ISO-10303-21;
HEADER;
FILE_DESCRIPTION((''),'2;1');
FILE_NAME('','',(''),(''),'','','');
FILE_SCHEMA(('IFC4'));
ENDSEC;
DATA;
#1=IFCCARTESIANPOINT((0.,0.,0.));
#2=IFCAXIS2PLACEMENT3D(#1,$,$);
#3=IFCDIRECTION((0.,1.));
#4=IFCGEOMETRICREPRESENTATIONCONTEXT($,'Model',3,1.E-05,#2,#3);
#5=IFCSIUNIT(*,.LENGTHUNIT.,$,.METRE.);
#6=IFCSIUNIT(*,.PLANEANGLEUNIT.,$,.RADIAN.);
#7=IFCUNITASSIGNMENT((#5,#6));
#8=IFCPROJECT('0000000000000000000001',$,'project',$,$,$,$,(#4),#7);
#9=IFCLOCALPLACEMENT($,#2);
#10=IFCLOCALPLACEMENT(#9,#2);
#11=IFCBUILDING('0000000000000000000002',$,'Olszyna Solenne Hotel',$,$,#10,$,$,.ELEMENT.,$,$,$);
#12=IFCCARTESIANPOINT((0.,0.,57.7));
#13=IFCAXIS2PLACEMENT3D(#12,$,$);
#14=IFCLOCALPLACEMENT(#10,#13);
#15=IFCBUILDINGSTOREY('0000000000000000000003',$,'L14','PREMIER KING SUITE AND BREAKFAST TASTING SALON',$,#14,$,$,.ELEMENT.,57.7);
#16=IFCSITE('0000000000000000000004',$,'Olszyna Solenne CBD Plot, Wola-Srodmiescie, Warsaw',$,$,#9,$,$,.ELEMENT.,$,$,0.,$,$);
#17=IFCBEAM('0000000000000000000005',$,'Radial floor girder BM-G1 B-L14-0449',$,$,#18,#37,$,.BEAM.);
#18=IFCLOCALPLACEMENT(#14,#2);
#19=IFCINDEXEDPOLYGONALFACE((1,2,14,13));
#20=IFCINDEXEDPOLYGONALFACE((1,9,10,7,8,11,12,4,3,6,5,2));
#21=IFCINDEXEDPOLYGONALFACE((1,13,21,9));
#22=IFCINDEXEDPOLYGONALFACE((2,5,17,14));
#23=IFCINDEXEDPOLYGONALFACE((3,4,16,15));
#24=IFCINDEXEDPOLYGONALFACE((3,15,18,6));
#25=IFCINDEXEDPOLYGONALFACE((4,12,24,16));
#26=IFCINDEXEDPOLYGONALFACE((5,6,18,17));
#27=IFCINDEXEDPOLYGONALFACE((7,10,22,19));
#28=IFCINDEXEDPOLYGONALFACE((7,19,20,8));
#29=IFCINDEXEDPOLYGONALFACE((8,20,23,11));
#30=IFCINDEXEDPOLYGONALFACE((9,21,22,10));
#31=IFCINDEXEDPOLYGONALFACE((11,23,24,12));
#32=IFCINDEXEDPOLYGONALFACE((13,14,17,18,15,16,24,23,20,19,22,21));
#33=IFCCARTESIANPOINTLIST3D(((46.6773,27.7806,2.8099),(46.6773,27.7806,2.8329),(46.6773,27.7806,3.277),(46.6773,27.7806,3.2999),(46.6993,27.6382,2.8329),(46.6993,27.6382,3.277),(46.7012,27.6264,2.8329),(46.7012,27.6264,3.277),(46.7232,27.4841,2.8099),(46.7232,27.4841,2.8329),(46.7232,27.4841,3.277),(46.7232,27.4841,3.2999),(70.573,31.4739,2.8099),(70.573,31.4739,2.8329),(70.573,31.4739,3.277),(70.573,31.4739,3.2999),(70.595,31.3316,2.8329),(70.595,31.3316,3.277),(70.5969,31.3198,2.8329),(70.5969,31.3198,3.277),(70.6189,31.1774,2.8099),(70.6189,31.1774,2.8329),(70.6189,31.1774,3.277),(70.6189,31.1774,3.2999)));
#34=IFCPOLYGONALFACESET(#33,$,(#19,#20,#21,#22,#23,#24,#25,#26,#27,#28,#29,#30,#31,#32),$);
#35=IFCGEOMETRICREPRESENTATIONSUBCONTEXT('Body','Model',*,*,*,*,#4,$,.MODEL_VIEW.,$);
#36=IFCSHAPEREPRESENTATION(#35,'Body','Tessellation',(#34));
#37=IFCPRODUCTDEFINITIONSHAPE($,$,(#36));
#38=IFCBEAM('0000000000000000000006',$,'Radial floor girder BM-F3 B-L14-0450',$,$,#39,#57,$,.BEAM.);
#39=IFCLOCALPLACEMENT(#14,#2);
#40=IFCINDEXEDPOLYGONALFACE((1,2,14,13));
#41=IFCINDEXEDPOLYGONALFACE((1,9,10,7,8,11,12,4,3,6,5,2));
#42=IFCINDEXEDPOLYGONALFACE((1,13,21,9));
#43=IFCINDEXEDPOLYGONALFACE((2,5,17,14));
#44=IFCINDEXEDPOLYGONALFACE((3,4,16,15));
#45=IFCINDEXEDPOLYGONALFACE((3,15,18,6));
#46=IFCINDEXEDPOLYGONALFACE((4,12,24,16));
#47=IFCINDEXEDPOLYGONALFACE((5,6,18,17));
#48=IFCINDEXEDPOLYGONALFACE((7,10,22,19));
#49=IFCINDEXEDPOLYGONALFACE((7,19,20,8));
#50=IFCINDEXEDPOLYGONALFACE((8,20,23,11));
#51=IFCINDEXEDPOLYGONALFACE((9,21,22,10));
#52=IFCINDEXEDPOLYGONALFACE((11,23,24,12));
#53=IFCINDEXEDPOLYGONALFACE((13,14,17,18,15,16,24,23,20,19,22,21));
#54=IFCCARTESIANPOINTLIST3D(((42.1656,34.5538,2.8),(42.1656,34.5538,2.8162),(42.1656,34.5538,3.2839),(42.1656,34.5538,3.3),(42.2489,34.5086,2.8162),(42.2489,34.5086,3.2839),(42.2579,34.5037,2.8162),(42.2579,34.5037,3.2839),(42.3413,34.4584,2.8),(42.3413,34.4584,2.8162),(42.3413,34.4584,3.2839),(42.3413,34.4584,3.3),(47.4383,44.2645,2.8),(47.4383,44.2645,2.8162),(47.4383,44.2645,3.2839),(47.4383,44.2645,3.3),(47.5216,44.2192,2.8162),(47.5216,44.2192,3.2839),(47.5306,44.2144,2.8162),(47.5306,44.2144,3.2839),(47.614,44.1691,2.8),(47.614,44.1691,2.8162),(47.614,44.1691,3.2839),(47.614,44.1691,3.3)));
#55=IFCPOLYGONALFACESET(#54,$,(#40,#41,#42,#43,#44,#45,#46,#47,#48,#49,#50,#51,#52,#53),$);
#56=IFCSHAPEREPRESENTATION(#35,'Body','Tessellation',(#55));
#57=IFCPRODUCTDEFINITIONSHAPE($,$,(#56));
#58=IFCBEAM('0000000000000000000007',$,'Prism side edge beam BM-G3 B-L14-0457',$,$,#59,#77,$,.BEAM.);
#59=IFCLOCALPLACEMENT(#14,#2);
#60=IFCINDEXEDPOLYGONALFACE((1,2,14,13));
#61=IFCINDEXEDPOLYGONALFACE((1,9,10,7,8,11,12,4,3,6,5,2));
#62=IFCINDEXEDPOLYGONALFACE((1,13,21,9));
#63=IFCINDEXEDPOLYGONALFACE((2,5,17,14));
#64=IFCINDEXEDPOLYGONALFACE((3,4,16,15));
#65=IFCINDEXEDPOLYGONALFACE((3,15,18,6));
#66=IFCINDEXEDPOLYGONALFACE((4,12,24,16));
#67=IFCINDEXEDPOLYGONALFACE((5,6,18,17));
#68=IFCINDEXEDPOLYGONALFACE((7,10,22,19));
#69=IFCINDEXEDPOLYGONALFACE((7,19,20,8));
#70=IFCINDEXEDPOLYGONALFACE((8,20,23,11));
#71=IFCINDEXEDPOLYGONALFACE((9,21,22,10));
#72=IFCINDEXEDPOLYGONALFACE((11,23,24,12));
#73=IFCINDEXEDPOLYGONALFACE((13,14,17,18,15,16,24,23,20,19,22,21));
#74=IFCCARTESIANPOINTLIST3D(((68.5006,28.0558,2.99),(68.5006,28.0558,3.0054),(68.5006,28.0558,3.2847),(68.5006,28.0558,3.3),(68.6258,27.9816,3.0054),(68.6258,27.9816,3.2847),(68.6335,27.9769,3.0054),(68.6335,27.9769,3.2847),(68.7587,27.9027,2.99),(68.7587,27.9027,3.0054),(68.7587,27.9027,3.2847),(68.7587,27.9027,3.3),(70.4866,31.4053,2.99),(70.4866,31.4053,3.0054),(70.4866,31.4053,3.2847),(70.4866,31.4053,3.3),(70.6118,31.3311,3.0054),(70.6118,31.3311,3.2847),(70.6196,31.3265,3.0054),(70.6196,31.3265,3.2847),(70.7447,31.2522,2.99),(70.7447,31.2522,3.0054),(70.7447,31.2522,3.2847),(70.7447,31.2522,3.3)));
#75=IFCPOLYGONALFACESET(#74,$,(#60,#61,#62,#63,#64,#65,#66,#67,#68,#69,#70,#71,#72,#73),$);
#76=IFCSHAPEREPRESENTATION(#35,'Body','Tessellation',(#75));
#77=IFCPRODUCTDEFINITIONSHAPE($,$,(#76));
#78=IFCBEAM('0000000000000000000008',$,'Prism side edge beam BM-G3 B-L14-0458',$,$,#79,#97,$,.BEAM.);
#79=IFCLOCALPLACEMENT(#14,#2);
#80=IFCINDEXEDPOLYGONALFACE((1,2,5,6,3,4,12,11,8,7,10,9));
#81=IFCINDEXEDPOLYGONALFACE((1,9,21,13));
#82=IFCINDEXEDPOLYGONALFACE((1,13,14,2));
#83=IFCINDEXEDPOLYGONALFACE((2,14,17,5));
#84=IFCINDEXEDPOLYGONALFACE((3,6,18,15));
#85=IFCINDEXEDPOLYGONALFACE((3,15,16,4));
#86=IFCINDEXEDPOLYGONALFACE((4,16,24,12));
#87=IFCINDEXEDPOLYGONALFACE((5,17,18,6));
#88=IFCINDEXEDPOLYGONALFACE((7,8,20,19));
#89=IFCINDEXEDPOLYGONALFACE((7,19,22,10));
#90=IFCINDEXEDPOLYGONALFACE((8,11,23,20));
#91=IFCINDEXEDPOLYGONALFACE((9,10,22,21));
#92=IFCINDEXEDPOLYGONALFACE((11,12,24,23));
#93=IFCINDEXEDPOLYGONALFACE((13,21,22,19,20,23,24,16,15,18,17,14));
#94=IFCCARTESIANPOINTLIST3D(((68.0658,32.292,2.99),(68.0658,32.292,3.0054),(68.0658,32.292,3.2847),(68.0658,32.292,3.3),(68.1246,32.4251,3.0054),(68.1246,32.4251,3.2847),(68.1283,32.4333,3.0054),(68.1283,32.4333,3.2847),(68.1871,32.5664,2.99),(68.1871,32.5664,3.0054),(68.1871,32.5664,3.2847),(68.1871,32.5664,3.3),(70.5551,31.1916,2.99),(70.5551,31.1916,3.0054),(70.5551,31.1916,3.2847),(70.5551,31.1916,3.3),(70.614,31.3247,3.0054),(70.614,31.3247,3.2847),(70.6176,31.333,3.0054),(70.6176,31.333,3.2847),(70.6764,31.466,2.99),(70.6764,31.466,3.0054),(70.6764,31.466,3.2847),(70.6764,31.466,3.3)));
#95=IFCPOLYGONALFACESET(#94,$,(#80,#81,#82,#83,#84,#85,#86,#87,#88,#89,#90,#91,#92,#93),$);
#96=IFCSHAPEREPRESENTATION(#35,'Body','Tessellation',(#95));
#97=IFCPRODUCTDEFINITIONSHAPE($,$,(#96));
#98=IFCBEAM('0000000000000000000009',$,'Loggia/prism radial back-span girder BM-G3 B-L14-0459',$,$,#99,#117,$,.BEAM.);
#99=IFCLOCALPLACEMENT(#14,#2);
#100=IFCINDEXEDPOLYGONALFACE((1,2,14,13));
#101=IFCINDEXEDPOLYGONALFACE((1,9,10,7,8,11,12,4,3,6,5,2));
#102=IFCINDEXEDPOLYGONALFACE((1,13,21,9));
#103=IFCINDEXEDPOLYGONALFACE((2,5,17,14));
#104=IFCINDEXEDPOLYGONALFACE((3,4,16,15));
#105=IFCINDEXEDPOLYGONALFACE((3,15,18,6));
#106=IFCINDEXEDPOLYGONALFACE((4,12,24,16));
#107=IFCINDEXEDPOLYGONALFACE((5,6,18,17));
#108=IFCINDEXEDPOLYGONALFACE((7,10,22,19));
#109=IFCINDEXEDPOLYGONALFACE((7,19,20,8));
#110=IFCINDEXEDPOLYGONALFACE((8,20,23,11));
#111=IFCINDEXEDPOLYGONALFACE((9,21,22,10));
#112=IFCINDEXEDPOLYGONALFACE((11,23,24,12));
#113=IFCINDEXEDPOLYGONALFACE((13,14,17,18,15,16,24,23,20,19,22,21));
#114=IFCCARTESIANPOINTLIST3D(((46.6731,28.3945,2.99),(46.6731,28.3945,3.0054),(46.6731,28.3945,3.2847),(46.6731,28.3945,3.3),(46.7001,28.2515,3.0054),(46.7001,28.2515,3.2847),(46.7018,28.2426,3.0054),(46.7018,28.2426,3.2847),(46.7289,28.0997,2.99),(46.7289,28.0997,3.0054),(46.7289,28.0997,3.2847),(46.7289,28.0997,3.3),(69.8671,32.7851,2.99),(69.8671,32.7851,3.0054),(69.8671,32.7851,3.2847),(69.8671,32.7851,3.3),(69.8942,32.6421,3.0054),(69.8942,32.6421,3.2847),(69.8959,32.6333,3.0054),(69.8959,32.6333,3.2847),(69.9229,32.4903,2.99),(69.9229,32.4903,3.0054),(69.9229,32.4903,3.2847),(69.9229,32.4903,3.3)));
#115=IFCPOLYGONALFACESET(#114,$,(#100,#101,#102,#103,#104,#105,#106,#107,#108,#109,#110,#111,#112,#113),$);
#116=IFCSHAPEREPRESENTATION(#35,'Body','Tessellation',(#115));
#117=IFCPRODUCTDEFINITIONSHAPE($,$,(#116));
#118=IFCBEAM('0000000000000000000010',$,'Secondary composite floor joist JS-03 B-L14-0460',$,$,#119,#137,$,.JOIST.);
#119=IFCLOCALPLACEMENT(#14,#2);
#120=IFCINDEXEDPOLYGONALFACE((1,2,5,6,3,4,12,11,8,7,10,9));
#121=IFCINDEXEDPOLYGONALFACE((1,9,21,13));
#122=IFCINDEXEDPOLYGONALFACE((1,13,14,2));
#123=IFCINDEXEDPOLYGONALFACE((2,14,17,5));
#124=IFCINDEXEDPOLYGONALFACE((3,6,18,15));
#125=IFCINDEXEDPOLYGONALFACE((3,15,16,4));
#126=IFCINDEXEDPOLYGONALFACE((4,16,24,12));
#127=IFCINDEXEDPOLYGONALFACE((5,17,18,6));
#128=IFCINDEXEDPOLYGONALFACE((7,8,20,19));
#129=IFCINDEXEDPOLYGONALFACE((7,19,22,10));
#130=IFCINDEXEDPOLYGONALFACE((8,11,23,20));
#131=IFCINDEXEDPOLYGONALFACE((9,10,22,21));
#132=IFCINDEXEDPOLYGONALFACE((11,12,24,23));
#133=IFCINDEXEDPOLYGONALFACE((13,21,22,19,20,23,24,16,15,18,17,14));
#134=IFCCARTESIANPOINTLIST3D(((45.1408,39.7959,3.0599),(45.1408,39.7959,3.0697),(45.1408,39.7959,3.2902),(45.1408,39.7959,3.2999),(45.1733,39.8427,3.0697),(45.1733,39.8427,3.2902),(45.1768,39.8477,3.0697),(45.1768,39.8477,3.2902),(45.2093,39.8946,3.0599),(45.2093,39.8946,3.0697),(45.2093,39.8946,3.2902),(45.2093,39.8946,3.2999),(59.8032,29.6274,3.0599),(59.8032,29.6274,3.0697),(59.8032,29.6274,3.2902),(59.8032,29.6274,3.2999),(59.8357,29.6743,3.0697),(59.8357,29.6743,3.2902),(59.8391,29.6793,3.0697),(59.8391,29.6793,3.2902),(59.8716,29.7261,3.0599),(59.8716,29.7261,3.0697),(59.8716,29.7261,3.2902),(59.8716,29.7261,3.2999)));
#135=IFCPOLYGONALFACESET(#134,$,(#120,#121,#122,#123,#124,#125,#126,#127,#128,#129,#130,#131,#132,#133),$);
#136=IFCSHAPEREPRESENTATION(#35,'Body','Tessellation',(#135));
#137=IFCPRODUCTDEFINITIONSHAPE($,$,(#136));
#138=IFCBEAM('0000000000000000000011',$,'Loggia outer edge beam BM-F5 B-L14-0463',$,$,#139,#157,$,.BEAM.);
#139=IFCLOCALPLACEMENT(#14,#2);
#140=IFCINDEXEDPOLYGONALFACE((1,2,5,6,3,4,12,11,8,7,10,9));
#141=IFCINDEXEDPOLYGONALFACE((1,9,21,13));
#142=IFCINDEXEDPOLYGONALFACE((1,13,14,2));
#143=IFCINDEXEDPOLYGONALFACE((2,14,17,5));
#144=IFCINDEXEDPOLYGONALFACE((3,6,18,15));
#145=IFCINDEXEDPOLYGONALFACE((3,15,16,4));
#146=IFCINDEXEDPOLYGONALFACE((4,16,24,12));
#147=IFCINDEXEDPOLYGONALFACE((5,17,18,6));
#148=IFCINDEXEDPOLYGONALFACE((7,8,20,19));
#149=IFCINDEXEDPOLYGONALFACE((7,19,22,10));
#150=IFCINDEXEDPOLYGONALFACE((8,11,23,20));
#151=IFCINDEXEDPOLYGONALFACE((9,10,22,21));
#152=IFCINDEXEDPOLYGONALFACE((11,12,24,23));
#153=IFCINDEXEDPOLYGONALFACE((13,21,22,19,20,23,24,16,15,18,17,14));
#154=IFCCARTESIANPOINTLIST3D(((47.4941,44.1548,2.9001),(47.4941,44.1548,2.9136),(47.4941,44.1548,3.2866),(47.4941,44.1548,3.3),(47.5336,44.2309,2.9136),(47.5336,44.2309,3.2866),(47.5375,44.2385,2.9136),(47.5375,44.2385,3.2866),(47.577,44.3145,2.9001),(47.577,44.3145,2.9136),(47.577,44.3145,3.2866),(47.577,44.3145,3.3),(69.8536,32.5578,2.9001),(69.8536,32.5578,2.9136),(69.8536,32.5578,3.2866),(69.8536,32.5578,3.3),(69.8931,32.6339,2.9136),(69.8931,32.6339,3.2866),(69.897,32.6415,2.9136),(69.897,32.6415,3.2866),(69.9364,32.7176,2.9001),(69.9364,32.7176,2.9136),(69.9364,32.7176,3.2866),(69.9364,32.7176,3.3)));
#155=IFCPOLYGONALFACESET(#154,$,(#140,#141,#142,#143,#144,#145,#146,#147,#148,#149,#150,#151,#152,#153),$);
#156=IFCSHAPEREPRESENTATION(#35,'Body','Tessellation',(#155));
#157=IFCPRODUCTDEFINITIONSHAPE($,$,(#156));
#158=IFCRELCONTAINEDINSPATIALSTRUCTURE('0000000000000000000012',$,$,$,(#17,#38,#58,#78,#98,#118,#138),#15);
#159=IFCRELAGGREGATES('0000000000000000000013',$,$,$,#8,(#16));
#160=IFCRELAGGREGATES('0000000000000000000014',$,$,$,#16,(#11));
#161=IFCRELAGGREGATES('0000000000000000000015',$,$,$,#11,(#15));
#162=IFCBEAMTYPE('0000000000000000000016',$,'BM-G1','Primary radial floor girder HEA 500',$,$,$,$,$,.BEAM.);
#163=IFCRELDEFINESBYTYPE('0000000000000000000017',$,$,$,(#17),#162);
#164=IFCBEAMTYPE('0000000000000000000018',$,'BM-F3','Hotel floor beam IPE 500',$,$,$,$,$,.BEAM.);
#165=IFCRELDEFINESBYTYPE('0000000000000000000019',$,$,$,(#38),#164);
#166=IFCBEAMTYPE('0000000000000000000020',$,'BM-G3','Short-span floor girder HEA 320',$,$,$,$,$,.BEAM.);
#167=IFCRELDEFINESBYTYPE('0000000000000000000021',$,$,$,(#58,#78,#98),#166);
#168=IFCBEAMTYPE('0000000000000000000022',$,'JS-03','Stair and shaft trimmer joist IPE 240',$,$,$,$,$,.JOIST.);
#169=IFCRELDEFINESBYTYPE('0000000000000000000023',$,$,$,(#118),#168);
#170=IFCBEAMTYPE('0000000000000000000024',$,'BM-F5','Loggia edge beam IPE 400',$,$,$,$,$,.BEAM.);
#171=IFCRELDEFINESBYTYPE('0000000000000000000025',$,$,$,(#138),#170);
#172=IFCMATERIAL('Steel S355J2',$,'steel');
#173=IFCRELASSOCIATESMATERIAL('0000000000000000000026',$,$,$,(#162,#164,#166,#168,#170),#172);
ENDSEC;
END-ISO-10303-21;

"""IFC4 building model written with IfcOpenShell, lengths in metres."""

from ifc_helpers import new_model, si_unit, direction, frame, origin, origin_2d, place, context, subcontext, project, spatial, i_section, extrude, source, transform, mapped, material, material_profile, profile_set, type_object, element, save


model = new_model("IFC4")

# Units and contexts
model_context = context("Model", 3, precision=1e-05, world=origin(), true_north=direction((0.0, 1.0)))
body_context = subcontext(model_context, "Body", "Model", "MODEL_VIEW")
ifc_project = project(units=[si_unit("LENGTHUNIT", "METRE"), si_unit("PLANEANGLEUNIT", "RADIAN")], contexts=[model_context])

# Site, building, storey
site_placement = place(None, origin())
site = spatial("IfcSite", under=ifc_project, at=site_placement, Name="Olszyna Solenne CBD Plot, Wola-Srodmiescie, Warsaw", CompositionType="ELEMENT", RefElevation=0.0)
building_placement = place(site_placement, origin())
building = spatial("IfcBuilding", under=site, at=building_placement, Name="Olszyna Solenne Hotel", CompositionType="ELEMENT")
storey_placement = place(building_placement, frame((0.0, 0.0, 57.7)))
storey = spatial("IfcBuildingStorey", under=building, at=storey_placement, Name="L14", Description="PREMIER KING SUITE AND BREAKFAST TASTING SALON", CompositionType="ELEMENT", Elevation=57.7)

# Beams
ifc_material_1 = material(Name="Steel S355J2", Category="steel")
ifc_material_profile_1 = material_profile(ifc_material_1, i_section(OverallWidth=0.3, OverallDepth=0.49, WebThickness=0.012, FlangeThickness=0.0229, at=origin_2d()), Name="HEA 500", Category="load-bearing")
ifc_profile_set_1 = profile_set([ifc_material_profile_1], Name="Steel S355J2")
beam_type_1 = type_object("IfcBeamType", Name="BM-G1", Description="Primary radial floor girder HEA 500", PredefinedType="BEAM", material=ifc_profile_set_1)
shared_shape_1 = source(origin(), body_context, "Body", "SweptSolid", [
    extrude(i_section(OverallWidth=0.3, OverallDepth=0.49, WebThickness=0.012, FlangeThickness=0.0229, at=origin_2d()), origin(), (0.0, 0.0, 1.0), 24.1794),
])
beam_1_placement = place(storey_placement, frame((70.5959, 31.3257, 3.0549), z_axis=(-0.988265, -0.152748, 0.0), x_axis=(0.152748, -0.988265, 0.0)))
element("IfcBeam", 1, at=beam_1_placement, inside=storey, type_object=beam_type_1, Name="Radial floor girder BM-G1 B-L14-0449", PredefinedType="BEAM", context=body_context, shape_type="MappedRepresentation", body=[
    mapped(shared_shape_1, transform((0.0, 0.0, 0.0), x_axis=(1.0, 0.0, 0.0), y_axis=(0.0, 1.0, 0.0), z_axis=(0.0, 0.0, 1.0), scale=1.0)),
])
ifc_material_profile_2 = material_profile(ifc_material_1, i_section(OverallWidth=0.2, OverallDepth=0.5, WebThickness=0.0103, FlangeThickness=0.0161, at=origin_2d()), Name="IPE 500", Category="load-bearing")
ifc_profile_set_2 = profile_set([ifc_material_profile_2], Name="Steel S355J2")
beam_type_2 = type_object("IfcBeamType", Name="BM-F3", Description="Hotel floor beam IPE 500", PredefinedType="BEAM", material=ifc_profile_set_2)
shared_shape_2 = source(origin(), body_context, "Body", "SweptSolid", [
    extrude(i_section(OverallWidth=0.2, OverallDepth=0.5, WebThickness=0.0103, FlangeThickness=0.0161, at=origin_2d()), origin(), (0.0, 0.0, 1.0), 11.0498),
])
beam_2_placement = place(storey_placement, frame((47.5261, 44.2168, 3.05), z_axis=(-0.477175, -0.878808, 0.0), x_axis=(0.878808, -0.477175, 0.0)))
element("IfcBeam", 2, at=beam_2_placement, inside=storey, type_object=beam_type_2, Name="Radial floor girder BM-F3 B-L14-0450", PredefinedType="BEAM", context=body_context, shape_type="MappedRepresentation", body=[
    mapped(shared_shape_2, transform((0.0, 0.0, 0.0), x_axis=(1.0, 0.0, 0.0), y_axis=(0.0, 1.0, 0.0), z_axis=(0.0, 0.0, 1.0), scale=1.0)),
])
ifc_material_profile_3 = material_profile(ifc_material_1, i_section(OverallWidth=0.3, OverallDepth=0.3101, WebThickness=0.009, FlangeThickness=0.0154, at=origin_2d()), Name="HEA 320", Category="load-bearing")
ifc_profile_set_3 = profile_set([ifc_material_profile_3], Name="Steel S355J2")
beam_type_3 = type_object("IfcBeamType", Name="BM-G3", Description="Short-span floor girder HEA 320", PredefinedType="BEAM", material=ifc_profile_set_3)
shared_shape_3 = source(origin(), body_context, "Body", "SweptSolid", [
    extrude(i_section(OverallWidth=0.3, OverallDepth=0.3101, WebThickness=0.009, FlangeThickness=0.0154, at=origin_2d()), origin(), (0.0, 0.0, 1.0), 3.894),
])
beam_3_placement = place(storey_placement, frame((68.6296, 27.9792, 3.145), z_axis=(0.510017, 0.860164, 0.0), x_axis=(-0.860164, 0.510017, 0.0)))
element("IfcBeam", 3, at=beam_3_placement, inside=storey, type_object=beam_type_3, Name="Prism side edge beam BM-G3 B-L14-0457", PredefinedType="BEAM", context=body_context, shape_type="MappedRepresentation", body=[
    mapped(shared_shape_3, transform((0.0, 0.0, 0.0), x_axis=(1.0, 0.0, 0.0), y_axis=(0.0, 1.0, 0.0), z_axis=(0.0, 0.0, 1.0), scale=1.0)),
])
shared_shape_4 = source(origin(), body_context, "Body", "SweptSolid", [
    extrude(i_section(OverallWidth=0.3, OverallDepth=0.3101, WebThickness=0.009, FlangeThickness=0.0154, at=origin_2d()), origin(), (0.0, 0.0, 1.0), 2.7217),
])
beam_4_placement = place(storey_placement, frame((68.1265, 32.4292, 3.145), z_axis=(0.914627, -0.404298, 0.0), x_axis=(0.404298, 0.914627, 0.0)))
element("IfcBeam", 4, at=beam_4_placement, inside=storey, type_object=beam_type_3, Name="Prism side edge beam BM-G3 B-L14-0458", PredefinedType="BEAM", context=body_context, shape_type="MappedRepresentation", body=[
    mapped(shared_shape_4, transform((0.0, 0.0, 0.0), x_axis=(1.0, 0.0, 0.0), y_axis=(0.0, 1.0, 0.0), z_axis=(0.0, 0.0, 1.0), scale=1.0)),
])
shared_shape_5 = source(origin(), body_context, "Body", "SweptSolid", [
    extrude(i_section(OverallWidth=0.3, OverallDepth=0.3101, WebThickness=0.009, FlangeThickness=0.0154, at=origin_2d()), origin(), (0.0, 0.0, 1.0), 23.606),
])
beam_5_placement = place(storey_placement, frame((69.895, 32.6377, 3.145), z_axis=(-0.98255, -0.185996, 0.0), x_axis=(0.185996, -0.98255, 0.0)))
element("IfcBeam", 5, at=beam_5_placement, inside=storey, type_object=beam_type_3, Name="Loggia/prism radial back-span girder BM-G3 B-L14-0459", PredefinedType="BEAM", context=body_context, shape_type="MappedRepresentation", body=[
    mapped(shared_shape_5, transform((0.0, 0.0, 0.0), x_axis=(1.0, 0.0, 0.0), y_axis=(0.0, 1.0, 0.0), z_axis=(0.0, 0.0, 1.0), scale=1.0)),
])
ifc_material_profile_4 = material_profile(ifc_material_1, i_section(OverallWidth=0.1201, OverallDepth=0.24, WebThickness=0.0061, FlangeThickness=0.0098, at=origin_2d()), Name="IPE 240", Category="load-bearing")
ifc_profile_set_4 = profile_set([ifc_material_profile_4], Name="Steel S355J2")
beam_type_4 = type_object("IfcBeamType", Name="JS-03", Description="Stair and shaft trimmer joist IPE 240", PredefinedType="JOIST", material=ifc_profile_set_4)
shared_shape_6 = source(origin(), body_context, "Body", "SweptSolid", [
    extrude(i_section(OverallWidth=0.1201, OverallDepth=0.24, WebThickness=0.0061, FlangeThickness=0.0098, at=origin_2d()), origin(), (0.0, 0.0, 1.0), 17.8433),
])
beam_6_placement = place(storey_placement, frame((59.8374, 29.6768, 3.1799), z_axis=(-0.82173, 0.569876, 0.0), x_axis=(-0.569876, -0.82173, 0.0)))
element("IfcBeam", 6, at=beam_6_placement, inside=storey, type_object=beam_type_4, Name="Secondary composite floor joist JS-03 B-L14-0460", PredefinedType="JOIST", context=body_context, shape_type="MappedRepresentation", body=[
    mapped(shared_shape_6, transform((0.0, 0.0, 0.0), x_axis=(1.0, 0.0, 0.0), y_axis=(0.0, 1.0, 0.0), z_axis=(0.0, 0.0, 1.0), scale=1.0)),
])
ifc_material_profile_5 = material_profile(ifc_material_1, i_section(OverallWidth=0.1799, OverallDepth=0.3999, WebThickness=0.0085, FlangeThickness=0.0134, at=origin_2d()), Name="IPE 400", Category="load-bearing")
ifc_profile_set_5 = profile_set([ifc_material_profile_5], Name="Steel S355J2")
beam_type_5 = type_object("IfcBeamType", Name="BM-F5", Description="Loggia edge beam IPE 400", PredefinedType="BEAM", material=ifc_profile_set_5)
shared_shape_7 = source(origin(), body_context, "Body", "SweptSolid", [
    extrude(i_section(OverallWidth=0.1799, OverallDepth=0.3999, WebThickness=0.0085, FlangeThickness=0.0134, at=origin_2d()), origin(), (0.0, 0.0, 1.0), 25.188),
])
beam_7_placement = place(storey_placement, frame((69.895, 32.6377, 3.1001), z_axis=(-0.887703, 0.460416, 0.0), x_axis=(-0.460416, -0.887703, 0.0)))
element("IfcBeam", 7, at=beam_7_placement, inside=storey, type_object=beam_type_5, Name="Loggia outer edge beam BM-F5 B-L14-0463", PredefinedType="BEAM", context=body_context, shape_type="MappedRepresentation", body=[
    mapped(shared_shape_7, transform((0.0, 0.0, 0.0), x_axis=(1.0, 0.0, 0.0), y_axis=(0.0, 1.0, 0.0), z_axis=(0.0, 0.0, 1.0), scale=1.0)),
])

save(model, "model.ifc")
